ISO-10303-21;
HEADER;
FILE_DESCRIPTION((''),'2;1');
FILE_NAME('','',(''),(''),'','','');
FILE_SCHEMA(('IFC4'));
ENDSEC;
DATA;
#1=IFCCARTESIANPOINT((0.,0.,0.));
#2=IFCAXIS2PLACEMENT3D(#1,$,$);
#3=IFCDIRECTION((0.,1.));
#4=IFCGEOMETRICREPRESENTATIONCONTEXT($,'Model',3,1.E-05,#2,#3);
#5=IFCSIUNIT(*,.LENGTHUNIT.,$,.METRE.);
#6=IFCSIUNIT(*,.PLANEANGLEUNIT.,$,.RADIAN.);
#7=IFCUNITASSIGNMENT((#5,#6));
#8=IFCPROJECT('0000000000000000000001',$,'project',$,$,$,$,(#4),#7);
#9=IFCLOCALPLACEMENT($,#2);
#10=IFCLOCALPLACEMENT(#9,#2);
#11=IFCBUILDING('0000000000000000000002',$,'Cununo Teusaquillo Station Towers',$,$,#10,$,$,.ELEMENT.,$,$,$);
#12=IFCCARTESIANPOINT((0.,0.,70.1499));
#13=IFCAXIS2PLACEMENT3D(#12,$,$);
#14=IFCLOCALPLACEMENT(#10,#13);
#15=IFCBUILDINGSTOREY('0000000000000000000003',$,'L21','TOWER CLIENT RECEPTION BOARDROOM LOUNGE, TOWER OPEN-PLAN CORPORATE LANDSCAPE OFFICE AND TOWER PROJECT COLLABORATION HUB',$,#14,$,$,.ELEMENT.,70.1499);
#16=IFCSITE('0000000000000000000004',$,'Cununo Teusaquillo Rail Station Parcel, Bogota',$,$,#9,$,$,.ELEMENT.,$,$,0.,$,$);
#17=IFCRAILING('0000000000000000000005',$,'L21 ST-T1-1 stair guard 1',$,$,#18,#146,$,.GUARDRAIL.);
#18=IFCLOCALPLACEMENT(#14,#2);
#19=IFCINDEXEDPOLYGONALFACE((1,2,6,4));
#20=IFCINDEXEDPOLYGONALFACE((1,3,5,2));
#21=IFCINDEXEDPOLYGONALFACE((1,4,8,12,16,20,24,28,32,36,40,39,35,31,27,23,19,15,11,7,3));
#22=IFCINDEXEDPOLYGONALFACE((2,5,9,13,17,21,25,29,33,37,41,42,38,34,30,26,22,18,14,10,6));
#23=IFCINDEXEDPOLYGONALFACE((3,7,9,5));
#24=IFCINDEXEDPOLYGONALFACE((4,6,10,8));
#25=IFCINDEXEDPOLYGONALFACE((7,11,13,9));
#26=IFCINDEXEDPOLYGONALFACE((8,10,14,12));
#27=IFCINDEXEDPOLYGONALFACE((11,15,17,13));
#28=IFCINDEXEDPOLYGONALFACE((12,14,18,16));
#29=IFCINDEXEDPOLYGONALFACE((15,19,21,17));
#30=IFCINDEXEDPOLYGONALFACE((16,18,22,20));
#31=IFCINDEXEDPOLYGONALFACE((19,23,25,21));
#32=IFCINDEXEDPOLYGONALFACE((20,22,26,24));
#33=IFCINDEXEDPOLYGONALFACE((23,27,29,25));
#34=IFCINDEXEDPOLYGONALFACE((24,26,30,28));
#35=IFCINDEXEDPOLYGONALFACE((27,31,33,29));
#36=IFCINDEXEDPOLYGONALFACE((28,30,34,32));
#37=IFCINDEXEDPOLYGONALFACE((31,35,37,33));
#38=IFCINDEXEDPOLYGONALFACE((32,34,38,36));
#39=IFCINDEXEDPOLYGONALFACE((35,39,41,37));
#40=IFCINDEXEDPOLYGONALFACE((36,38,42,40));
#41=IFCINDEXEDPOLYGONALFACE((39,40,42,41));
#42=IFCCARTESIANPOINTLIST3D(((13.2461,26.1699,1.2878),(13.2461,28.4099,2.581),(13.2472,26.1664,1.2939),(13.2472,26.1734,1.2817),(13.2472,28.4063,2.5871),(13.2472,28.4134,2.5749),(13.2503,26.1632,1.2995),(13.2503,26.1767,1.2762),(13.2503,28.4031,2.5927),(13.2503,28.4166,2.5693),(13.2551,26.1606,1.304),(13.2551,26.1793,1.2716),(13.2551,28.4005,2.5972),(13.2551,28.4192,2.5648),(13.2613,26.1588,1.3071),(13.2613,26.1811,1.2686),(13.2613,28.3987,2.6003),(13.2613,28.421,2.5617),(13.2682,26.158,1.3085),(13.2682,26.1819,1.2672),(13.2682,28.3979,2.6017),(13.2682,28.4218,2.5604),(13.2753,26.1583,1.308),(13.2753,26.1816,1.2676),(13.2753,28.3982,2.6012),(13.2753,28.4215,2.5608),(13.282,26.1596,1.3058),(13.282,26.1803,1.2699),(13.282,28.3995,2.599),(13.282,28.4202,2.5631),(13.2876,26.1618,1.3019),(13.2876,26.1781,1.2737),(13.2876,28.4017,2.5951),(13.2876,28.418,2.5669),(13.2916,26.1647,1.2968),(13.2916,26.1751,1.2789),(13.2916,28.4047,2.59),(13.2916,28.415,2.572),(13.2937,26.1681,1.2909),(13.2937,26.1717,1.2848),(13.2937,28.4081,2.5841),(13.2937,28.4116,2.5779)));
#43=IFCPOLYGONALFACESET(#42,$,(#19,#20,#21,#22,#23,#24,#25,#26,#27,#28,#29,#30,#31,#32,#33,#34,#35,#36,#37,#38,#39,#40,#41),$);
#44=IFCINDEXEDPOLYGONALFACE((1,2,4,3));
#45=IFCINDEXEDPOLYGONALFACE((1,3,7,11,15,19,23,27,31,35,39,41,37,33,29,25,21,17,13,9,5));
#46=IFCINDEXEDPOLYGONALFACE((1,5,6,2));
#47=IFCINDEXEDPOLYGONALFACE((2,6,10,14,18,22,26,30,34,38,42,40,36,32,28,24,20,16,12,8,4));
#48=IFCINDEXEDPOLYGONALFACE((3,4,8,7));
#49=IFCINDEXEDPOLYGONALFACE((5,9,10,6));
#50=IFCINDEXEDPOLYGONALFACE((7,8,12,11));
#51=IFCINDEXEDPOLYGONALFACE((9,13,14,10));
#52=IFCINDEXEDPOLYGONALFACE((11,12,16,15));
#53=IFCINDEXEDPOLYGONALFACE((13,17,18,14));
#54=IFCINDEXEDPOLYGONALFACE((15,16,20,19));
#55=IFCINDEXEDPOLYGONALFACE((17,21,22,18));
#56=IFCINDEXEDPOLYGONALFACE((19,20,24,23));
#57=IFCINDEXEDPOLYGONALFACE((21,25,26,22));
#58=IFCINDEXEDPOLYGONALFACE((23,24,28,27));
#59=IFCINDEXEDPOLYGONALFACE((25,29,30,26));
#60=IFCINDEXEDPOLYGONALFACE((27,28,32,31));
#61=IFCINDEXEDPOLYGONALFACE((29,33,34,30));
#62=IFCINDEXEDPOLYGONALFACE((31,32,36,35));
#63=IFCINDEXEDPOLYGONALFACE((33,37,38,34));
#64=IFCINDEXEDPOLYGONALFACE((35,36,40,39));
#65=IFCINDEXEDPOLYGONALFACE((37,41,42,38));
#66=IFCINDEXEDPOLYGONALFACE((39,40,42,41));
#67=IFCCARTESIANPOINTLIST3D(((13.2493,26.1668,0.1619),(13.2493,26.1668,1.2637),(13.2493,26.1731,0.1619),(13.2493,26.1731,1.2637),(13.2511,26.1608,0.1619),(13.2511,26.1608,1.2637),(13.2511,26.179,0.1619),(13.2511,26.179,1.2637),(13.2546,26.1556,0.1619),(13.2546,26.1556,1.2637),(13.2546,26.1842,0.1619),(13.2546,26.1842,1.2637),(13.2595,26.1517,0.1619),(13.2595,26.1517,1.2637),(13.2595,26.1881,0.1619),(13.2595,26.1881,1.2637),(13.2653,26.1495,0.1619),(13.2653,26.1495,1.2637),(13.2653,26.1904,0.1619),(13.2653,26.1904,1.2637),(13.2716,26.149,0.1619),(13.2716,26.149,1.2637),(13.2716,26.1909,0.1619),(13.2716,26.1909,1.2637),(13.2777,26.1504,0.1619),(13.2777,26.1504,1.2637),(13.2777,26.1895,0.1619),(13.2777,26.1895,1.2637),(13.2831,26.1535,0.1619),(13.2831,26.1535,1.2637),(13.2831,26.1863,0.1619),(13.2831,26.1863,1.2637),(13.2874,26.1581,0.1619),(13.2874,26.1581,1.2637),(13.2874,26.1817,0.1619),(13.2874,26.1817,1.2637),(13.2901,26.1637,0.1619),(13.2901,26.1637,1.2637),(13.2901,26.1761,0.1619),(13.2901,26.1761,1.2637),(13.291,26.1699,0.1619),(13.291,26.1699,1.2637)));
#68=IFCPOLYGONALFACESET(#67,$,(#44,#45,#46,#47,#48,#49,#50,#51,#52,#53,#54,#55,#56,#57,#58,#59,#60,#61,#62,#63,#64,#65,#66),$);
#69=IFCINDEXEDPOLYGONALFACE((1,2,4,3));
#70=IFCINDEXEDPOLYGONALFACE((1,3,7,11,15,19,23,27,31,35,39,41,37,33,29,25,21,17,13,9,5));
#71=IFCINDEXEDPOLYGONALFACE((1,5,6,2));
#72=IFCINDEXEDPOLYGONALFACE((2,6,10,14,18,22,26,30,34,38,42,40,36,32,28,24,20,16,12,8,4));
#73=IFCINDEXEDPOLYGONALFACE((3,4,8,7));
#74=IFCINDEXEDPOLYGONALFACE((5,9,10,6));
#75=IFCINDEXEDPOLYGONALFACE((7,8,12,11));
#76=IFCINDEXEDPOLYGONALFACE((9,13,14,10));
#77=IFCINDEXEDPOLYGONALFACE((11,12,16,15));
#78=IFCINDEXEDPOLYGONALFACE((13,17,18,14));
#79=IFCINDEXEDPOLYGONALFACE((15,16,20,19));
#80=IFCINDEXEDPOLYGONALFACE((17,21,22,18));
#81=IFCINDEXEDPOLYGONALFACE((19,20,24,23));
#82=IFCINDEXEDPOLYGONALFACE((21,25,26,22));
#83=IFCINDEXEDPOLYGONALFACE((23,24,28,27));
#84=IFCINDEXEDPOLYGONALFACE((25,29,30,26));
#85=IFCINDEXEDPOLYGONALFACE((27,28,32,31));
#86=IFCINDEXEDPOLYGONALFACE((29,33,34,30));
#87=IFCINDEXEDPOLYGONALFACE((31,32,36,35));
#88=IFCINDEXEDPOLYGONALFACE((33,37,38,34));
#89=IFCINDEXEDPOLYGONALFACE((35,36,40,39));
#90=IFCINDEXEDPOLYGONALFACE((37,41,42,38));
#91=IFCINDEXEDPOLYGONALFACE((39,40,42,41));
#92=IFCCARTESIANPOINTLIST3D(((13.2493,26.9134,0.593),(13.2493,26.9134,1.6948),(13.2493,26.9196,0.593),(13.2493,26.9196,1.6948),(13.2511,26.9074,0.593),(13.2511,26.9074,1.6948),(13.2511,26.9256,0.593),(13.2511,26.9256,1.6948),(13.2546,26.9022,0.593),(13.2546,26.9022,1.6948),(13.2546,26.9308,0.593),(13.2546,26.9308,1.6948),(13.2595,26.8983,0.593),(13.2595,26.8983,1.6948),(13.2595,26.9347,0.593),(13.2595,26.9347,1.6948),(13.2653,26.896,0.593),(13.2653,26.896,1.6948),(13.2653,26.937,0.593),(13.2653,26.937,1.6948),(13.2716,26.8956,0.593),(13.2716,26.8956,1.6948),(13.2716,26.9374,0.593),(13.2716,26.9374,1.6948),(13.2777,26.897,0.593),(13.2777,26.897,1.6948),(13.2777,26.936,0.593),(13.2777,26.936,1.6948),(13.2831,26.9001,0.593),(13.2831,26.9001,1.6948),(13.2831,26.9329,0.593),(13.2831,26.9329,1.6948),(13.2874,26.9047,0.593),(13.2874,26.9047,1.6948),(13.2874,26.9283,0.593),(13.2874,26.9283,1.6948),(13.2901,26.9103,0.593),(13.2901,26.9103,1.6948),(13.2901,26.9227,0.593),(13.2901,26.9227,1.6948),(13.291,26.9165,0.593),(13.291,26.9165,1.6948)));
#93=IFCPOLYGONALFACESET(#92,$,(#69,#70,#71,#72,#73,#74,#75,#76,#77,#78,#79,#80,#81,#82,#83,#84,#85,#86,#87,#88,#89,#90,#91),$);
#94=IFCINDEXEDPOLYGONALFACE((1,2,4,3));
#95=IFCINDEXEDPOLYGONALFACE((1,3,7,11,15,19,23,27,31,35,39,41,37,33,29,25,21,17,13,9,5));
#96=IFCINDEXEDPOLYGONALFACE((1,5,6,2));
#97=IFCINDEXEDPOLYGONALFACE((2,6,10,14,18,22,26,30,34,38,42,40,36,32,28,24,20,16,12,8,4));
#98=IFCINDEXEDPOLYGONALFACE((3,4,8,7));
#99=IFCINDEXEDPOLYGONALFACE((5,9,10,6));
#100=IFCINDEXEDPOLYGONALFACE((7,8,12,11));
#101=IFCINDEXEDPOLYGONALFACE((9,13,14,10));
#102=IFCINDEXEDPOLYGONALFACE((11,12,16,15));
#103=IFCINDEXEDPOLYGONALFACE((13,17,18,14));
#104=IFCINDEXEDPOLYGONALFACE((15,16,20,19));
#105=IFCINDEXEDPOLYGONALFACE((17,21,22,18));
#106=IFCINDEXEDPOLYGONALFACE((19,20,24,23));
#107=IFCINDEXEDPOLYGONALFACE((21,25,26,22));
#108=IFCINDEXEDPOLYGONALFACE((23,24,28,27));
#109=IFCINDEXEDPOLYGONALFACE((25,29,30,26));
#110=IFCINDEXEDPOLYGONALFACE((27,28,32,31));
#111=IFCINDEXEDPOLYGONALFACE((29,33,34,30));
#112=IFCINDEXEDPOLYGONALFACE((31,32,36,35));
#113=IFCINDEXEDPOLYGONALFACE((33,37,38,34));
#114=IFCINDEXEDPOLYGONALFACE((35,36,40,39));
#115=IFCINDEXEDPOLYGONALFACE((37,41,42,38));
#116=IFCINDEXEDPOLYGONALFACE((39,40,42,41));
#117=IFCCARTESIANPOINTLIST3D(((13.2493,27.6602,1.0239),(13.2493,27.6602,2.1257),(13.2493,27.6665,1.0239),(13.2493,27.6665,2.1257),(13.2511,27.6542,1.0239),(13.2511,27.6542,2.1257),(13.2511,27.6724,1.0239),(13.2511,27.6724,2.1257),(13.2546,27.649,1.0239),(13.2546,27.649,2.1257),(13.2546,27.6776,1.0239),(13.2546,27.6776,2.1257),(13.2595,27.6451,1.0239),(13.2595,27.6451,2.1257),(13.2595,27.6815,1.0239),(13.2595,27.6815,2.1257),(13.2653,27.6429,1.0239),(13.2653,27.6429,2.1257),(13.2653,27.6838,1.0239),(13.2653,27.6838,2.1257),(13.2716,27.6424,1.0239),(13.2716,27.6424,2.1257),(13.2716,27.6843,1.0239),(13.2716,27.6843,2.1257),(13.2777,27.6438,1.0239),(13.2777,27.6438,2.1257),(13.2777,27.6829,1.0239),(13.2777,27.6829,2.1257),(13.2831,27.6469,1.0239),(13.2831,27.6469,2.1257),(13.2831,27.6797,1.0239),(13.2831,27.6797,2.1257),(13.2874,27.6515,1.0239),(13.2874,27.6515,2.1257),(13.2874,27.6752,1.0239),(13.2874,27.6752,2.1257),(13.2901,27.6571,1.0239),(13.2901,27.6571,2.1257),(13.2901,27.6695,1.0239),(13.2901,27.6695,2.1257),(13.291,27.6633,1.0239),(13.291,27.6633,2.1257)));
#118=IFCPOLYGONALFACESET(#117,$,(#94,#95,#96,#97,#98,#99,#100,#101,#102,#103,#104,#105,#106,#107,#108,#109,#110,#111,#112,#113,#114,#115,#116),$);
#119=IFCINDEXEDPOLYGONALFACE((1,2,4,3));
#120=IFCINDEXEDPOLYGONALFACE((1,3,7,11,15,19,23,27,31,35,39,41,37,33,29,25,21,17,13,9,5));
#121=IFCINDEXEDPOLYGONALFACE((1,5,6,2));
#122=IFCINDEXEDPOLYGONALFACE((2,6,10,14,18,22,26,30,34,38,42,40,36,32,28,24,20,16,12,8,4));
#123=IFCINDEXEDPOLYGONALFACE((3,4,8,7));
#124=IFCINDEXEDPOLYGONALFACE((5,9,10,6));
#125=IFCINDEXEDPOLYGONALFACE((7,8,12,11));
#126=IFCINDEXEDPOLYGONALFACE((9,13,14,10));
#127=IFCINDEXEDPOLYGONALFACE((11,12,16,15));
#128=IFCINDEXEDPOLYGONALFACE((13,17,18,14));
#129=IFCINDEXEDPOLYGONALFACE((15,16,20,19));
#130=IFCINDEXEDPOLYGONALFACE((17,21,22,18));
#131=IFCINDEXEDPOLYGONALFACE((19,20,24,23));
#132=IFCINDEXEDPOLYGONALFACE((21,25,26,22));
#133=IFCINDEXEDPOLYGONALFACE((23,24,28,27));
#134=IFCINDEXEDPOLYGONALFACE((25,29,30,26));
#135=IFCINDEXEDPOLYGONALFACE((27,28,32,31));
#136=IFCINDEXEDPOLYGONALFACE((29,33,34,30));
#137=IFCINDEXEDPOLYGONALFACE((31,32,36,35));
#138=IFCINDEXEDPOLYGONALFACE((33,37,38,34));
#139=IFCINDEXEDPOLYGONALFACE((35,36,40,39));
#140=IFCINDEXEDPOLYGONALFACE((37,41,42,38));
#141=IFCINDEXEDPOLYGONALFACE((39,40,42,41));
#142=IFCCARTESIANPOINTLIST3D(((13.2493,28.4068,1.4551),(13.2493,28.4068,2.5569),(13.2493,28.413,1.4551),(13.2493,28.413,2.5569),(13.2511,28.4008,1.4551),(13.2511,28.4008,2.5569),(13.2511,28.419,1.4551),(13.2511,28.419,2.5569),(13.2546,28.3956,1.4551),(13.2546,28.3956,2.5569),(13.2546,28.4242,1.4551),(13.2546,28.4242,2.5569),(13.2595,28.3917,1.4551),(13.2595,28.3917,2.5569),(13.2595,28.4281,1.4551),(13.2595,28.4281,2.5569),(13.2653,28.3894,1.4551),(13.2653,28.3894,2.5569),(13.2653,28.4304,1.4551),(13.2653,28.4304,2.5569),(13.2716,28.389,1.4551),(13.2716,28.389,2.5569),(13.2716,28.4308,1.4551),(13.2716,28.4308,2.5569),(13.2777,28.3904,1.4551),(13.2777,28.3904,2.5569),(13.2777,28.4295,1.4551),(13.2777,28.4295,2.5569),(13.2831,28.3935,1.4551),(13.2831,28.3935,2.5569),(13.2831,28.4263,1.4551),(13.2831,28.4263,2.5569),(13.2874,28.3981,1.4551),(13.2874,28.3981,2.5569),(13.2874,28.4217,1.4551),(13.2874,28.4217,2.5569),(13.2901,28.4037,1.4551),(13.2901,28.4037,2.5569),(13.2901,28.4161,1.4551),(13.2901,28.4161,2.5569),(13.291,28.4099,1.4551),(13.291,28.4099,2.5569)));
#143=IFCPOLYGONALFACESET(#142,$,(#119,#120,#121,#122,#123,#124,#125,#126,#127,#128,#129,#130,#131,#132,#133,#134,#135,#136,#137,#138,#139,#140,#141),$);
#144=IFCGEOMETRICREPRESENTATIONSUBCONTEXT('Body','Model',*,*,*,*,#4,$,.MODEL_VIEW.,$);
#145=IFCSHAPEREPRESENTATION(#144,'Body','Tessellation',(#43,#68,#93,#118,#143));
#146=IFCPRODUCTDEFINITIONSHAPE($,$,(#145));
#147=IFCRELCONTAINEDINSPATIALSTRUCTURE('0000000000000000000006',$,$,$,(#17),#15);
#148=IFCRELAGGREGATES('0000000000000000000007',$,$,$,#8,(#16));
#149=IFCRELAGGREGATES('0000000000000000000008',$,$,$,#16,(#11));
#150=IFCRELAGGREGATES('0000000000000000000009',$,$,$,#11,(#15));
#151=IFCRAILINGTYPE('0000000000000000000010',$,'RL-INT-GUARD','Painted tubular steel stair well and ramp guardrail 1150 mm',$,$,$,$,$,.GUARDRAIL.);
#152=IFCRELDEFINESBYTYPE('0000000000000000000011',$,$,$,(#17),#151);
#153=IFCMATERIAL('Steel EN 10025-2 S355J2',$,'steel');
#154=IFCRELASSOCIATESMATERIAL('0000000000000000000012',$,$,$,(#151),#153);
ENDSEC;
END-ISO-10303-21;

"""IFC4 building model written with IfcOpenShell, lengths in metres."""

from ifc_helpers import new_model, si_unit, direction, frame, origin, origin_2d, place, context, subcontext, project, spatial, circle, extrude, material, type_object, element, save


model = new_model("IFC4")

# Units and contexts
model_context = context("Model", 3, precision=1e-05, world=origin(), true_north=direction((0.0, 1.0)))
body_context = subcontext(model_context, "Body", "Model", "MODEL_VIEW")
ifc_project = project(units=[si_unit("LENGTHUNIT", "METRE"), si_unit("PLANEANGLEUNIT", "RADIAN")], contexts=[model_context])

# Site, building, storey
site_placement = place(None, origin())
site = spatial("IfcSite", under=ifc_project, at=site_placement, Name="Cununo Teusaquillo Rail Station Parcel, Bogota", CompositionType="ELEMENT", RefElevation=0.0)
building_placement = place(site_placement, origin())
building = spatial("IfcBuilding", under=site, at=building_placement, Name="Cununo Teusaquillo Station Towers", CompositionType="ELEMENT")
storey_placement = place(building_placement, frame((0.0, 0.0, 70.1499)))
storey = spatial("IfcBuildingStorey", under=building, at=storey_placement, Name="L21", Description="TOWER CLIENT RECEPTION BOARDROOM LOUNGE, TOWER OPEN-PLAN CORPORATE LANDSCAPE OFFICE AND TOWER PROJECT COLLABORATION HUB", CompositionType="ELEMENT", Elevation=70.1499)

# Railing
ifc_material_1 = material(Name="Steel EN 10025-2 S355J2", Category="steel")
railing_type_1 = type_object("IfcRailingType", Name="RL-INT-GUARD", Description="Painted tubular steel stair well and ramp guardrail 1150 mm", PredefinedType="GUARDRAIL", material=ifc_material_1)
railing_1_placement = place(storey_placement, frame((13.27, 26.1699, 0.1619)))
element("IfcRailing", 1, at=railing_1_placement, inside=storey, type_object=railing_type_1, Name="L21 ST-T1-1 stair guard 1", PredefinedType="GUARDRAIL", context=body_context, shape_type="SweptSolid", body=[
    extrude(circle(Radius=0.0239, at=origin_2d()), frame((0.0, 0.0, 1.126), z_axis=(0.0, 0.866033, 0.499987), x_axis=(-1.0, 0.0, 0.0)), (0.0, 0.0, 1.0), 2.5864),
    extrude(circle(Radius=0.021, at=origin_2d()), origin(), (0.0, 0.0, 1.0), 1.1018),
    extrude(circle(Radius=0.021, at=origin_2d()), frame((0.0, 0.7466, 0.4312)), (0.0, 0.0, 1.0), 1.1018),
    extrude(circle(Radius=0.021, at=origin_2d()), frame((0.0, 1.4934, 0.8621)), (0.0, 0.0, 1.0), 1.1018),
    extrude(circle(Radius=0.021, at=origin_2d()), frame((0.0, 2.24, 1.2932)), (0.0, 0.0, 1.0), 1.1018),
])

save(model, "model.ifc")
